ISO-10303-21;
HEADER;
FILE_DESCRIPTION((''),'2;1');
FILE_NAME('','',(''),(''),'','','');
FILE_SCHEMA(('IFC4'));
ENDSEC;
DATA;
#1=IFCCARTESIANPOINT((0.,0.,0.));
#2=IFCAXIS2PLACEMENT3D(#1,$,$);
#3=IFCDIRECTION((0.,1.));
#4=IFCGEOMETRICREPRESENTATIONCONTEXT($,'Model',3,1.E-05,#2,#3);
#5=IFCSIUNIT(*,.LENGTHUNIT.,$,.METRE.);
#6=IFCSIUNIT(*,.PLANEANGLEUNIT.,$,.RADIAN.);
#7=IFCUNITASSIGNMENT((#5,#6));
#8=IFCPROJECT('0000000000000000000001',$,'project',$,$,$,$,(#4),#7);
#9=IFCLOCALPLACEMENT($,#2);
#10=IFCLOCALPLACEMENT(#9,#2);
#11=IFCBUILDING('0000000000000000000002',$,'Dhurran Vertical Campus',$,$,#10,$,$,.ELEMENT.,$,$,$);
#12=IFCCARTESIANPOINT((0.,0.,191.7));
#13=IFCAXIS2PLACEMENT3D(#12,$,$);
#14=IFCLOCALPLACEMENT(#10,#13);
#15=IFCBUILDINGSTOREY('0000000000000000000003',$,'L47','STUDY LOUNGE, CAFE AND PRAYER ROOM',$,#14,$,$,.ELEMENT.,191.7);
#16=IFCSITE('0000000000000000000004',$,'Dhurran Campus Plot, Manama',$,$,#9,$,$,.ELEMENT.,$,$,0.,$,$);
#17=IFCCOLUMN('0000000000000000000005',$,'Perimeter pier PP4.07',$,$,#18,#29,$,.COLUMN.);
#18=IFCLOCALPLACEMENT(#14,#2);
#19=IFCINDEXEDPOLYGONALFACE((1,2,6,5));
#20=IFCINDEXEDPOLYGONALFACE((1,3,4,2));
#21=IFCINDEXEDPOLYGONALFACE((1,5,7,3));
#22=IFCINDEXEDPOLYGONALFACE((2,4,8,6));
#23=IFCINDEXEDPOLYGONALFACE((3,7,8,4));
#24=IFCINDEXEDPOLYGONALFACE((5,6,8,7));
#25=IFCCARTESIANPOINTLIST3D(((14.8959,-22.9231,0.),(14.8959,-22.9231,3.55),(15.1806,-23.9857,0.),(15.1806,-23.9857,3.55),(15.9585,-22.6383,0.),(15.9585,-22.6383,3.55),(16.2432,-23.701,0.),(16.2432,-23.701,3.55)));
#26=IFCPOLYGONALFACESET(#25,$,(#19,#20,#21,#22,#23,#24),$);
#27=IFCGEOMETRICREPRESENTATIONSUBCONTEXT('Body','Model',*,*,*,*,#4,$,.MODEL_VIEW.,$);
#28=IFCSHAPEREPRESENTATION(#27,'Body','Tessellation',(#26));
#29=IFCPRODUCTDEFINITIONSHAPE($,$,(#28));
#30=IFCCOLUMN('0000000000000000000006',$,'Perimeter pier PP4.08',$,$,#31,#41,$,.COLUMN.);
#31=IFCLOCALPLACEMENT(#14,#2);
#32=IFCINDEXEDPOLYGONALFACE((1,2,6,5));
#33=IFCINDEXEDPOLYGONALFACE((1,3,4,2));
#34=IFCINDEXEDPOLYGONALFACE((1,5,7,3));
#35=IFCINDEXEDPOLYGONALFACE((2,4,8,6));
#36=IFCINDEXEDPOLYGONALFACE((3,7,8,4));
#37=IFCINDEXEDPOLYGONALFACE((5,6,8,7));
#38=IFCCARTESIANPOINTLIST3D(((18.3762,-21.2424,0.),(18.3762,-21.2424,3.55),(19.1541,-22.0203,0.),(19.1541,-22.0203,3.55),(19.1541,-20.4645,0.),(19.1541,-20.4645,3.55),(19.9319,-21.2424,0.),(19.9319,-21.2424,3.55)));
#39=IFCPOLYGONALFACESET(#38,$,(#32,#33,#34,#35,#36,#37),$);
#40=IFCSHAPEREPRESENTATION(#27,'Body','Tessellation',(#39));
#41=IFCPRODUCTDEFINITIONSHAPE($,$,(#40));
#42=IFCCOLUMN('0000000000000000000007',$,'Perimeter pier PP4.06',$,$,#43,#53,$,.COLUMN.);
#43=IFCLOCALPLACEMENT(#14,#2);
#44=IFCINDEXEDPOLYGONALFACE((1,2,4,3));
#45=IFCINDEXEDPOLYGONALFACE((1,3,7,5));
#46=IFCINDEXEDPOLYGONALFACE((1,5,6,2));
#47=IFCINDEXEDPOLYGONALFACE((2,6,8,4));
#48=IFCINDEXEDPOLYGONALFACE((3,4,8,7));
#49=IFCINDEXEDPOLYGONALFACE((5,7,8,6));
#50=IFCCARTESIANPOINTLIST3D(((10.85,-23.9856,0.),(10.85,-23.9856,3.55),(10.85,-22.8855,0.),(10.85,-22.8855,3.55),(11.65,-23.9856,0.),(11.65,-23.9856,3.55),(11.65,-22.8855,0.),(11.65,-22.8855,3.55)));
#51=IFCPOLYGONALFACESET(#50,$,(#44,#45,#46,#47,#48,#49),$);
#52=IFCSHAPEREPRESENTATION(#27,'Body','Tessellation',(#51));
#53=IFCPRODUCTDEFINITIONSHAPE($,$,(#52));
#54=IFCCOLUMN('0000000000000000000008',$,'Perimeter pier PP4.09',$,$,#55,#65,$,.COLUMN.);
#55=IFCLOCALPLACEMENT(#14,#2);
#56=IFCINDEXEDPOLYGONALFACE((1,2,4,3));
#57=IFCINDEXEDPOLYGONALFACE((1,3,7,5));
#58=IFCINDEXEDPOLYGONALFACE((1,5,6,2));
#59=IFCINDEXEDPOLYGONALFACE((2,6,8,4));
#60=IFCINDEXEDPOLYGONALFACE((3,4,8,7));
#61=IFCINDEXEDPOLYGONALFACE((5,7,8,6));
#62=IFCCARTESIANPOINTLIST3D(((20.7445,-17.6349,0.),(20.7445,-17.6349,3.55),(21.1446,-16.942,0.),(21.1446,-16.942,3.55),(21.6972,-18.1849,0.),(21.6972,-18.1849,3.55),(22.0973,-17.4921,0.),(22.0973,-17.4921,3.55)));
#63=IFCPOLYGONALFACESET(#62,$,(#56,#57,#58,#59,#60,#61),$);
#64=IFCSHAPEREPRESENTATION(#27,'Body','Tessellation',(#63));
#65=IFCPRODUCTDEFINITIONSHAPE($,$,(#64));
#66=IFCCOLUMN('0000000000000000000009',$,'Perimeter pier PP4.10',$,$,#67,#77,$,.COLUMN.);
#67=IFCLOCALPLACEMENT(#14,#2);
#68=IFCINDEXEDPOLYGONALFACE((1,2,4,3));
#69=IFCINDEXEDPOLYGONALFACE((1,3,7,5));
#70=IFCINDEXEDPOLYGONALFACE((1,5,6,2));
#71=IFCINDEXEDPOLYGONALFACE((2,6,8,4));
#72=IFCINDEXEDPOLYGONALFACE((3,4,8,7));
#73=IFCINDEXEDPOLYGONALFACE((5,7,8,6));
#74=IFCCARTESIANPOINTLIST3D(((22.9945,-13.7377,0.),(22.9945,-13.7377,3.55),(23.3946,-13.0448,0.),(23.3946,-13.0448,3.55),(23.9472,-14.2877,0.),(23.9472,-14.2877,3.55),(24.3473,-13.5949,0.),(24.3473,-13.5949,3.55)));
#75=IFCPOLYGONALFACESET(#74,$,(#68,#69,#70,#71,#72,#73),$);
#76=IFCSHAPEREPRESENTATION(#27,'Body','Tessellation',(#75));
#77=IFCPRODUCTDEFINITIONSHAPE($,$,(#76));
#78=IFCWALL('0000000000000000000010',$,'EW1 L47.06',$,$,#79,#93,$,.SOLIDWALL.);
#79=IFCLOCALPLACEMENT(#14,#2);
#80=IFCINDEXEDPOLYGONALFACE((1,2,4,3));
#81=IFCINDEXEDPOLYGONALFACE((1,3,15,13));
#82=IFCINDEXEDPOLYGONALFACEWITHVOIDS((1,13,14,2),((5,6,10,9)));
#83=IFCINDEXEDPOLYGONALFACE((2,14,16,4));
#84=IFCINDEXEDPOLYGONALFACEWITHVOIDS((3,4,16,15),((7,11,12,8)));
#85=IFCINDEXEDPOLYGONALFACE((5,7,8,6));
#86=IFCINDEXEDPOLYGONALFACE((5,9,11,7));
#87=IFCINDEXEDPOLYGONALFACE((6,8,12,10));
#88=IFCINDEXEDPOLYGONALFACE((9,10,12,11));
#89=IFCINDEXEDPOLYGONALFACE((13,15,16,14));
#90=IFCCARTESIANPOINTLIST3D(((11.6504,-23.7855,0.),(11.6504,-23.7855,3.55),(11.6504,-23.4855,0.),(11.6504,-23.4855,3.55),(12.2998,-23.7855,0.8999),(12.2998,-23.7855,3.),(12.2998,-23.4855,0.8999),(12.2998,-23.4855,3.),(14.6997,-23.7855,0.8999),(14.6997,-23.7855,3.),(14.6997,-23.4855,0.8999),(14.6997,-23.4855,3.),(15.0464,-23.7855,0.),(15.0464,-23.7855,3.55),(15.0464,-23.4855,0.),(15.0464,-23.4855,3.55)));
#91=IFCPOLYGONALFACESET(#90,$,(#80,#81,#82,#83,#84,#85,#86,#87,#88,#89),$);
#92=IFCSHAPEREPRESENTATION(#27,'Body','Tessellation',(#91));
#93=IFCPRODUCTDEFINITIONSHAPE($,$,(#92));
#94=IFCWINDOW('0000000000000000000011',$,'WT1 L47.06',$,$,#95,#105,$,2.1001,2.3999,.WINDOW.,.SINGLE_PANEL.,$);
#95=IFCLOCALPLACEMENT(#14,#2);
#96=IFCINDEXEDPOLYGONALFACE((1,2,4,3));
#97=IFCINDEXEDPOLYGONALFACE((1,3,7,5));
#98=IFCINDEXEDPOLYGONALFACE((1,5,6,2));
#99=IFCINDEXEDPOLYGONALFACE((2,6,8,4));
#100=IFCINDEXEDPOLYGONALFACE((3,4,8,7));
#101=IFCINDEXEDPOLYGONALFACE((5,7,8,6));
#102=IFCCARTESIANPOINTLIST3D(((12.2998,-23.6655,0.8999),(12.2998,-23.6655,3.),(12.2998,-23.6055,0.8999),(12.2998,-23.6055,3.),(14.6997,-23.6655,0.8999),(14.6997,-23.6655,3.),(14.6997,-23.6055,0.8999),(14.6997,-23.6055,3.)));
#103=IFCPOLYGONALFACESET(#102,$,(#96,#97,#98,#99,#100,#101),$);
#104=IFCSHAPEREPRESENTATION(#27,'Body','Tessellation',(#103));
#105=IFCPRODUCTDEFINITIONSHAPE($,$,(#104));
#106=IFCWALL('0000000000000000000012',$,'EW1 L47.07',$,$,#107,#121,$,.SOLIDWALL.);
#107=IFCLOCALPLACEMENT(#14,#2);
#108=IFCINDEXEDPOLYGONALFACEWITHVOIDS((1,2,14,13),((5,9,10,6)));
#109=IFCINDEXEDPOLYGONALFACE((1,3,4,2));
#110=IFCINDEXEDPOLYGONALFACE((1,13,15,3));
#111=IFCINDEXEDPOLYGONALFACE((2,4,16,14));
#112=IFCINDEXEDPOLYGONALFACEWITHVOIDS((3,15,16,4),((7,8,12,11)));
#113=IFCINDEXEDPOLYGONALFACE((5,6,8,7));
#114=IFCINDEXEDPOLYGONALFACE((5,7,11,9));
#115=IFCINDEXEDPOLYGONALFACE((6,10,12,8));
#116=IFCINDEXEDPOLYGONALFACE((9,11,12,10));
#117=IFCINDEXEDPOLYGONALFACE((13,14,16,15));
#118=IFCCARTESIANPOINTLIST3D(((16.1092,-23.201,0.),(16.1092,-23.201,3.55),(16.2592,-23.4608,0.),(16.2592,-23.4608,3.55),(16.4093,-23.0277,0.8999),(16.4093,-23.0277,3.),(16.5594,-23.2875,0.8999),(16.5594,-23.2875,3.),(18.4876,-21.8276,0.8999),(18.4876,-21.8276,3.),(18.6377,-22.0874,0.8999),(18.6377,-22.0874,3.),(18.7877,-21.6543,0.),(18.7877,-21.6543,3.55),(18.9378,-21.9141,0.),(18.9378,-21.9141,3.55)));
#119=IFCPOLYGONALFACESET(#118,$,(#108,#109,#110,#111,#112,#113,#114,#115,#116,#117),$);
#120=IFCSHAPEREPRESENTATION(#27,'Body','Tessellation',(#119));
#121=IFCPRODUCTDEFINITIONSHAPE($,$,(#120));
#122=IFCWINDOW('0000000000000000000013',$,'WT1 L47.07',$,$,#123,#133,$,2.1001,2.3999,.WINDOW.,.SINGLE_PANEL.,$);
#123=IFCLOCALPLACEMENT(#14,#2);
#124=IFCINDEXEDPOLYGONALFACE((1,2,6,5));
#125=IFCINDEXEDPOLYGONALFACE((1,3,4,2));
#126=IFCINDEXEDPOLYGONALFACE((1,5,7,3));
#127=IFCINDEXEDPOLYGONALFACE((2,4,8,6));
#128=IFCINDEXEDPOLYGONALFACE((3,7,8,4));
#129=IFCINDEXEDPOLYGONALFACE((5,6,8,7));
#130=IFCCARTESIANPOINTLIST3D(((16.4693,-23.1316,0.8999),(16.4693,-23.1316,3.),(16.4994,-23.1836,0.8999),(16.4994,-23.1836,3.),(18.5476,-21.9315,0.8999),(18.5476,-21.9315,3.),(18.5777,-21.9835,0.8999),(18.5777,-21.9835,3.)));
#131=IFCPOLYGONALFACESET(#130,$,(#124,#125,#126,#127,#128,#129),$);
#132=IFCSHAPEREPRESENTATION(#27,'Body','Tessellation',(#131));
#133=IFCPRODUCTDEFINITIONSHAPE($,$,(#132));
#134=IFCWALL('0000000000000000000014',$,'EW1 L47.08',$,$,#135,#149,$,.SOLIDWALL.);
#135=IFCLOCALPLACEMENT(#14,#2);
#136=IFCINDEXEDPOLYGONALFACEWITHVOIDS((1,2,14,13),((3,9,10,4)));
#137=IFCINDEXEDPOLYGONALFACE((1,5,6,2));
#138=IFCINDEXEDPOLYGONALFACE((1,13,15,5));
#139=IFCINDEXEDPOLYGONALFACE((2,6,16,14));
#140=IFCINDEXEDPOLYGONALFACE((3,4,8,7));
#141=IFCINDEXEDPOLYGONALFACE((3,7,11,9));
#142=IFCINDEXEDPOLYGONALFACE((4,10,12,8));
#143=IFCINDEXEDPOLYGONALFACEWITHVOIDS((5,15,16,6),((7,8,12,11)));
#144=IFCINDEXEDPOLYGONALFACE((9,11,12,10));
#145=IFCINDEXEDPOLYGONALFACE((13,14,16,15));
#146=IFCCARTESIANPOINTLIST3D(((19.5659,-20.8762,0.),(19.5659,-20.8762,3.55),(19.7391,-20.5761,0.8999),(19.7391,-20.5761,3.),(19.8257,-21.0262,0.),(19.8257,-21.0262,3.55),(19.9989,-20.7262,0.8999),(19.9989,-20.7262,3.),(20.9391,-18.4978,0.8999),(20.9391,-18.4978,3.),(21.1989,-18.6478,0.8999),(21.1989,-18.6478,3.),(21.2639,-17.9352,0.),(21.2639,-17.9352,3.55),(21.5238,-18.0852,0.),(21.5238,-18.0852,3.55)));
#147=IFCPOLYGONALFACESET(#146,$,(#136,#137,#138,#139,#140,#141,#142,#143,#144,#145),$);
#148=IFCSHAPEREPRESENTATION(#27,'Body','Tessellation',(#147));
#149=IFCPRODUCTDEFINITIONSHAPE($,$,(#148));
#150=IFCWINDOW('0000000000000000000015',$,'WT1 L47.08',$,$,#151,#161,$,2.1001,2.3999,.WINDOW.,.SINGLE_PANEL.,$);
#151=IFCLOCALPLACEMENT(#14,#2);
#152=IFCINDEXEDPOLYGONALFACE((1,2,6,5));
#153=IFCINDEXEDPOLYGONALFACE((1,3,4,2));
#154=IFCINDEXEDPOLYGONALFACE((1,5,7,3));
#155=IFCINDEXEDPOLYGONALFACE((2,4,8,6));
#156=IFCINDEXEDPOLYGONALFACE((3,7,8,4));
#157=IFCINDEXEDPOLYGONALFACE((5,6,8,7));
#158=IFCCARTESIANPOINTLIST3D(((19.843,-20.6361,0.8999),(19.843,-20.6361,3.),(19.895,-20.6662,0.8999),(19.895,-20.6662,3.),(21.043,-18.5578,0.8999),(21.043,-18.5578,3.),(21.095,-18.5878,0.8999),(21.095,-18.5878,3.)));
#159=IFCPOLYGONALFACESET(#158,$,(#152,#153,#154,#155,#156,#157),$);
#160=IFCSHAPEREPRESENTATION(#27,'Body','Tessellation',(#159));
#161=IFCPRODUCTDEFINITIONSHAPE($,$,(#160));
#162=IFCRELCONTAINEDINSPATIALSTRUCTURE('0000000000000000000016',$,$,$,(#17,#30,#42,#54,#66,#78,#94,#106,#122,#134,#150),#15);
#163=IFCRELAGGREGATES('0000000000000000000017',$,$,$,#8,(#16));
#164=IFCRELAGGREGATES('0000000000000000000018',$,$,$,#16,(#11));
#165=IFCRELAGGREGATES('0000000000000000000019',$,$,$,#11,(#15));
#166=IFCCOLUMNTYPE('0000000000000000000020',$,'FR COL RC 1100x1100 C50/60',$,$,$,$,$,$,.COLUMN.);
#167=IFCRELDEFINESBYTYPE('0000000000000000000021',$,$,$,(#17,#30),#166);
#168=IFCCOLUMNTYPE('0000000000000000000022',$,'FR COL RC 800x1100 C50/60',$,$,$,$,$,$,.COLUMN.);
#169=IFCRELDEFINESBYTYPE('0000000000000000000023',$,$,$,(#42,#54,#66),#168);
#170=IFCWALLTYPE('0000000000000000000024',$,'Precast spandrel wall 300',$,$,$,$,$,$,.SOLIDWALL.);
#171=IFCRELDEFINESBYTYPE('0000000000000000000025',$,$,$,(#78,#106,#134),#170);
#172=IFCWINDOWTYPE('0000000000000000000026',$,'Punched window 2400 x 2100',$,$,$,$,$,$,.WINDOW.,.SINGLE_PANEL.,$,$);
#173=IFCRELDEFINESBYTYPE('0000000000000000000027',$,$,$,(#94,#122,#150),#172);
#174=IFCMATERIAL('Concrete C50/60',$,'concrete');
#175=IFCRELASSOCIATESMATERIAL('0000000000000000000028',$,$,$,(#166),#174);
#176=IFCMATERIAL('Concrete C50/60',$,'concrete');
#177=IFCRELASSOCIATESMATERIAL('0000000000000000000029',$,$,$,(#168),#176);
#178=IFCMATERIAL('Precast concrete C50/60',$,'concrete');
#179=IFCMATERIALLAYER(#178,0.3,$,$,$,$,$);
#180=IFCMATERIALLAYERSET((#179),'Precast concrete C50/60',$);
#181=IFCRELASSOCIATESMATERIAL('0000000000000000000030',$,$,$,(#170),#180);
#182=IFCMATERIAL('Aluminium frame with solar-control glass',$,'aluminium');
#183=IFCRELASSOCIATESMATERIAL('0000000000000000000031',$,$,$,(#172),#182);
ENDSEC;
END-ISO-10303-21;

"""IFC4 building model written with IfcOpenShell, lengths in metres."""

from ifc_helpers import new_model, si_unit, direction, frame, frame_2d, origin, origin_2d, place, context, subcontext, project, spatial, rectangle, extrude, material, layer, layer_set, material_profile, profile_set, type_object, element, fill, save


model = new_model("IFC4")

# Units and contexts
model_context = context("Model", 3, precision=1e-05, world=origin(), true_north=direction((0.0, 1.0)))
body_context = subcontext(model_context, "Body", "Model", "MODEL_VIEW")
ifc_project = project(units=[si_unit("LENGTHUNIT", "METRE"), si_unit("PLANEANGLEUNIT", "RADIAN")], contexts=[model_context])

# Site, building, storey
site_placement = place(None, origin())
site = spatial("IfcSite", under=ifc_project, at=site_placement, Name="Dhurran Campus Plot, Manama", CompositionType="ELEMENT", RefElevation=0.0)
building_placement = place(site_placement, origin())
building = spatial("IfcBuilding", under=site, at=building_placement, Name="Dhurran Vertical Campus", CompositionType="ELEMENT")
storey_placement = place(building_placement, frame((0.0, 0.0, 191.7)))
storey = spatial("IfcBuildingStorey", under=building, at=storey_placement, Name="L47", Description="STUDY LOUNGE, CAFE AND PRAYER ROOM", CompositionType="ELEMENT", Elevation=191.7)

# Columns
ifc_material_1 = material(Name="Concrete C50/60", Category="concrete")
ifc_material_profile_1 = material_profile(ifc_material_1, rectangle(XDim=1.1001, YDim=1.1001, at=origin_2d()), Name="RC 1100x1100")
ifc_profile_set_1 = profile_set([ifc_material_profile_1], Name="Concrete C50/60")
column_type_1 = type_object("IfcColumnType", Name="FR COL RC 1100x1100 C50/60", PredefinedType="COLUMN", material=ifc_profile_set_1)
for number, where, z_axis, x_axis, name in (
    (1, (15.5696, -23.312, 0.0), (0.0, 0.0, 1.0), (0.965926, 0.258819, 0.0), "Perimeter pier PP4.07"),
    (2, (19.1541, -21.2424, 0.0), (0.0, 0.0, 1.0), (0.707107, 0.707107, 0.0), "Perimeter pier PP4.08"),
):
    element("IfcColumn", number, at=place(storey_placement, frame(where, z_axis=z_axis, x_axis=x_axis)), inside=storey, type_object=column_type_1, Name=name, PredefinedType="COLUMN", context=body_context, shape_type="SweptSolid", body=[
        extrude(rectangle(XDim=1.1001, YDim=1.1001, at=origin_2d()), origin(), (0.0, 0.0, 1.0), 3.55),
    ])
ifc_material_2 = material(Name="Concrete C50/60", Category="concrete")
ifc_material_profile_2 = material_profile(ifc_material_2, rectangle(XDim=0.8, YDim=1.1001, at=origin_2d()), Name="RC 800x1100")
ifc_profile_set_2 = profile_set([ifc_material_profile_2], Name="Concrete C50/60")
column_type_2 = type_object("IfcColumnType", Name="FR COL RC 800x1100 C50/60", PredefinedType="COLUMN", material=ifc_profile_set_2)
for number, where, z_axis, x_axis, name in (
    (3, (11.25, -23.4355, 0.0), (0.0, 0.0, 1.0), (1.0, 0.0, 0.0), "Perimeter pier PP4.06"),
    (4, (21.4209, -17.5635, 0.0), (0.0, 0.0, 1.0), (0.5, 0.866025, 0.0), "Perimeter pier PP4.09"),
    (5, (23.6709, -13.6663, 0.0), (0.0, 0.0, 1.0), (0.5, 0.866025, 0.0), "Perimeter pier PP4.10"),
):
    element("IfcColumn", number, at=place(storey_placement, frame(where, z_axis=z_axis, x_axis=x_axis)), inside=storey, type_object=column_type_2, Name=name, PredefinedType="COLUMN", context=body_context, shape_type="SweptSolid", body=[
        extrude(rectangle(XDim=0.8, YDim=1.1001, at=origin_2d()), origin(), (0.0, 0.0, 1.0), 3.55),
    ])

# Walls, openings, windows
ifc_material_3 = material(Name="Precast concrete C50/60", Category="concrete")
ifc_layer_1 = layer(ifc_material_3, 0.3)
ifc_layer_set_1 = layer_set([ifc_layer_1], Name="Precast concrete C50/60")
wall_type_1 = type_object("IfcWallType", Name="Precast spandrel wall 300", PredefinedType="SOLIDWALL", material=ifc_layer_set_1)
wall_1_placement = place(storey_placement, frame((11.6504, -23.6355, 0.0), z_axis=(0.0, 0.0, 1.0), x_axis=(1.0, 0.0, 0.0)))
wall_1 = element("IfcWall", 6, at=wall_1_placement, inside=storey, type_object=wall_type_1, Name="EW1 L47.06", PredefinedType="SOLIDWALL", context=body_context, shape_type="SweptSolid", body=[
    extrude(rectangle(XDim=3.396, YDim=0.3, at=frame_2d((1.698, 0.0))), origin(), (0.0, 0.0, 1.0), 3.55),
])
opening_1_placement = place(wall_1_placement, frame((0.6494, 0.0, 0.8999)))
opening_1 = element("IfcOpeningElement", 7, at=opening_1_placement, cuts=wall_1, PredefinedType="OPENING", context=body_context, shape_type="SweptSolid", body=[
    extrude(rectangle(XDim=2.3999, YDim=2.1001, at=frame_2d((1.2, 1.05))), frame((0.0, 0.1599, 0.0), z_axis=(0.0, -1.0, 0.0), x_axis=(1.0, 0.0, 0.0)), (0.0, 0.0, 1.0), 0.3201),
])
ifc_material_4 = material(Name="Aluminium frame with solar-control glass", Category="aluminium")
window_type = type_object("IfcWindowType", Name="Punched window 2400 x 2100", PartitioningType="SINGLE_PANEL", PredefinedType="WINDOW", material=ifc_material_4)
window_1_placement = place(opening_1_placement, origin())
window_1 = element("IfcWindow", 8, at=window_1_placement, inside=storey, type_object=window_type, Name="WT1 L47.06", OverallHeight=2.1001, OverallWidth=2.3999, PartitioningType="SINGLE_PANEL", PredefinedType="WINDOW", context=body_context, shape_type="SweptSolid", body=[
    extrude(rectangle(XDim=2.3999, YDim=2.1001, at=frame_2d((1.2, 1.05))), frame((0.0, 0.03, 0.0), z_axis=(0.0, -1.0, 0.0), x_axis=(1.0, 0.0, 0.0)), (0.0, 0.0, 1.0), 0.0601),
])
fill(opening_1, window_1)
wall_2_placement = place(storey_placement, frame((16.1843, -23.3308, 0.0), z_axis=(0.0, 0.0, 1.0), x_axis=(0.865995, 0.500053, 0.0)))
wall_2 = element("IfcWall", 9, at=wall_2_placement, inside=storey, type_object=wall_type_1, Name="EW1 L47.07", PredefinedType="SOLIDWALL", context=body_context, shape_type="SweptSolid", body=[
    extrude(rectangle(XDim=3.093, YDim=0.3, at=frame_2d((1.5464, 0.0))), origin(), (0.0, 0.0, 1.0), 3.55),
])
opening_2_placement = place(wall_2_placement, frame((0.3464, 0.0, 0.8999)))
opening_2 = element("IfcOpeningElement", 10, at=opening_2_placement, cuts=wall_2, PredefinedType="OPENING", context=body_context, shape_type="SweptSolid", body=[
    extrude(rectangle(XDim=2.3999, YDim=2.1001, at=frame_2d((1.2, 1.05))), frame((0.0, 0.1599, 0.0), z_axis=(0.0, -1.0, 0.0), x_axis=(1.0, 0.0, 0.0)), (0.0, 0.0, 1.0), 0.3201),
])
window_2_placement = place(opening_2_placement, origin())
window_2 = element("IfcWindow", 11, at=window_2_placement, inside=storey, type_object=window_type, Name="WT1 L47.07", OverallHeight=2.1001, OverallWidth=2.3999, PartitioningType="SINGLE_PANEL", PredefinedType="WINDOW", context=body_context, shape_type="SweptSolid", body=[
    extrude(rectangle(XDim=2.3999, YDim=2.1001, at=frame_2d((1.2, 1.05))), frame((0.0, 0.03, 0.0), z_axis=(0.0, -1.0, 0.0), x_axis=(1.0, 0.0, 0.0)), (0.0, 0.0, 1.0), 0.0601),
])
fill(opening_2, window_2)
wall_3_placement = place(storey_placement, frame((19.6958, -20.9512, 0.0), z_axis=(0.0, 0.0, 1.0), x_axis=(0.500013, 0.866018, 0.0)))
wall_3 = element("IfcWall", 12, at=wall_3_placement, inside=storey, type_object=wall_type_1, Name="EW1 L47.08", PredefinedType="SOLIDWALL", context=body_context, shape_type="SweptSolid", body=[
    extrude(rectangle(XDim=3.396, YDim=0.3, at=frame_2d((1.698, 0.0))), origin(), (0.0, 0.0, 1.0), 3.55),
])
opening_3_placement = place(wall_3_placement, frame((0.3464, 0.0, 0.8999)))
opening_3 = element("IfcOpeningElement", 13, at=opening_3_placement, cuts=wall_3, PredefinedType="OPENING", context=body_context, shape_type="SweptSolid", body=[
    extrude(rectangle(XDim=2.3999, YDim=2.1001, at=frame_2d((1.2, 1.05))), frame((0.0, 0.1599, 0.0), z_axis=(0.0, -1.0, 0.0), x_axis=(1.0, 0.0, 0.0)), (0.0, 0.0, 1.0), 0.3201),
])
window_3_placement = place(opening_3_placement, origin())
window_3 = element("IfcWindow", 14, at=window_3_placement, inside=storey, type_object=window_type, Name="WT1 L47.08", OverallHeight=2.1001, OverallWidth=2.3999, PartitioningType="SINGLE_PANEL", PredefinedType="WINDOW", context=body_context, shape_type="SweptSolid", body=[
    extrude(rectangle(XDim=2.3999, YDim=2.1001, at=frame_2d((1.2, 1.05))), frame((0.0, 0.03, 0.0), z_axis=(0.0, -1.0, 0.0), x_axis=(1.0, 0.0, 0.0)), (0.0, 0.0, 1.0), 0.0601),
])
fill(opening_3, window_3)

save(model, "model.ifc")
